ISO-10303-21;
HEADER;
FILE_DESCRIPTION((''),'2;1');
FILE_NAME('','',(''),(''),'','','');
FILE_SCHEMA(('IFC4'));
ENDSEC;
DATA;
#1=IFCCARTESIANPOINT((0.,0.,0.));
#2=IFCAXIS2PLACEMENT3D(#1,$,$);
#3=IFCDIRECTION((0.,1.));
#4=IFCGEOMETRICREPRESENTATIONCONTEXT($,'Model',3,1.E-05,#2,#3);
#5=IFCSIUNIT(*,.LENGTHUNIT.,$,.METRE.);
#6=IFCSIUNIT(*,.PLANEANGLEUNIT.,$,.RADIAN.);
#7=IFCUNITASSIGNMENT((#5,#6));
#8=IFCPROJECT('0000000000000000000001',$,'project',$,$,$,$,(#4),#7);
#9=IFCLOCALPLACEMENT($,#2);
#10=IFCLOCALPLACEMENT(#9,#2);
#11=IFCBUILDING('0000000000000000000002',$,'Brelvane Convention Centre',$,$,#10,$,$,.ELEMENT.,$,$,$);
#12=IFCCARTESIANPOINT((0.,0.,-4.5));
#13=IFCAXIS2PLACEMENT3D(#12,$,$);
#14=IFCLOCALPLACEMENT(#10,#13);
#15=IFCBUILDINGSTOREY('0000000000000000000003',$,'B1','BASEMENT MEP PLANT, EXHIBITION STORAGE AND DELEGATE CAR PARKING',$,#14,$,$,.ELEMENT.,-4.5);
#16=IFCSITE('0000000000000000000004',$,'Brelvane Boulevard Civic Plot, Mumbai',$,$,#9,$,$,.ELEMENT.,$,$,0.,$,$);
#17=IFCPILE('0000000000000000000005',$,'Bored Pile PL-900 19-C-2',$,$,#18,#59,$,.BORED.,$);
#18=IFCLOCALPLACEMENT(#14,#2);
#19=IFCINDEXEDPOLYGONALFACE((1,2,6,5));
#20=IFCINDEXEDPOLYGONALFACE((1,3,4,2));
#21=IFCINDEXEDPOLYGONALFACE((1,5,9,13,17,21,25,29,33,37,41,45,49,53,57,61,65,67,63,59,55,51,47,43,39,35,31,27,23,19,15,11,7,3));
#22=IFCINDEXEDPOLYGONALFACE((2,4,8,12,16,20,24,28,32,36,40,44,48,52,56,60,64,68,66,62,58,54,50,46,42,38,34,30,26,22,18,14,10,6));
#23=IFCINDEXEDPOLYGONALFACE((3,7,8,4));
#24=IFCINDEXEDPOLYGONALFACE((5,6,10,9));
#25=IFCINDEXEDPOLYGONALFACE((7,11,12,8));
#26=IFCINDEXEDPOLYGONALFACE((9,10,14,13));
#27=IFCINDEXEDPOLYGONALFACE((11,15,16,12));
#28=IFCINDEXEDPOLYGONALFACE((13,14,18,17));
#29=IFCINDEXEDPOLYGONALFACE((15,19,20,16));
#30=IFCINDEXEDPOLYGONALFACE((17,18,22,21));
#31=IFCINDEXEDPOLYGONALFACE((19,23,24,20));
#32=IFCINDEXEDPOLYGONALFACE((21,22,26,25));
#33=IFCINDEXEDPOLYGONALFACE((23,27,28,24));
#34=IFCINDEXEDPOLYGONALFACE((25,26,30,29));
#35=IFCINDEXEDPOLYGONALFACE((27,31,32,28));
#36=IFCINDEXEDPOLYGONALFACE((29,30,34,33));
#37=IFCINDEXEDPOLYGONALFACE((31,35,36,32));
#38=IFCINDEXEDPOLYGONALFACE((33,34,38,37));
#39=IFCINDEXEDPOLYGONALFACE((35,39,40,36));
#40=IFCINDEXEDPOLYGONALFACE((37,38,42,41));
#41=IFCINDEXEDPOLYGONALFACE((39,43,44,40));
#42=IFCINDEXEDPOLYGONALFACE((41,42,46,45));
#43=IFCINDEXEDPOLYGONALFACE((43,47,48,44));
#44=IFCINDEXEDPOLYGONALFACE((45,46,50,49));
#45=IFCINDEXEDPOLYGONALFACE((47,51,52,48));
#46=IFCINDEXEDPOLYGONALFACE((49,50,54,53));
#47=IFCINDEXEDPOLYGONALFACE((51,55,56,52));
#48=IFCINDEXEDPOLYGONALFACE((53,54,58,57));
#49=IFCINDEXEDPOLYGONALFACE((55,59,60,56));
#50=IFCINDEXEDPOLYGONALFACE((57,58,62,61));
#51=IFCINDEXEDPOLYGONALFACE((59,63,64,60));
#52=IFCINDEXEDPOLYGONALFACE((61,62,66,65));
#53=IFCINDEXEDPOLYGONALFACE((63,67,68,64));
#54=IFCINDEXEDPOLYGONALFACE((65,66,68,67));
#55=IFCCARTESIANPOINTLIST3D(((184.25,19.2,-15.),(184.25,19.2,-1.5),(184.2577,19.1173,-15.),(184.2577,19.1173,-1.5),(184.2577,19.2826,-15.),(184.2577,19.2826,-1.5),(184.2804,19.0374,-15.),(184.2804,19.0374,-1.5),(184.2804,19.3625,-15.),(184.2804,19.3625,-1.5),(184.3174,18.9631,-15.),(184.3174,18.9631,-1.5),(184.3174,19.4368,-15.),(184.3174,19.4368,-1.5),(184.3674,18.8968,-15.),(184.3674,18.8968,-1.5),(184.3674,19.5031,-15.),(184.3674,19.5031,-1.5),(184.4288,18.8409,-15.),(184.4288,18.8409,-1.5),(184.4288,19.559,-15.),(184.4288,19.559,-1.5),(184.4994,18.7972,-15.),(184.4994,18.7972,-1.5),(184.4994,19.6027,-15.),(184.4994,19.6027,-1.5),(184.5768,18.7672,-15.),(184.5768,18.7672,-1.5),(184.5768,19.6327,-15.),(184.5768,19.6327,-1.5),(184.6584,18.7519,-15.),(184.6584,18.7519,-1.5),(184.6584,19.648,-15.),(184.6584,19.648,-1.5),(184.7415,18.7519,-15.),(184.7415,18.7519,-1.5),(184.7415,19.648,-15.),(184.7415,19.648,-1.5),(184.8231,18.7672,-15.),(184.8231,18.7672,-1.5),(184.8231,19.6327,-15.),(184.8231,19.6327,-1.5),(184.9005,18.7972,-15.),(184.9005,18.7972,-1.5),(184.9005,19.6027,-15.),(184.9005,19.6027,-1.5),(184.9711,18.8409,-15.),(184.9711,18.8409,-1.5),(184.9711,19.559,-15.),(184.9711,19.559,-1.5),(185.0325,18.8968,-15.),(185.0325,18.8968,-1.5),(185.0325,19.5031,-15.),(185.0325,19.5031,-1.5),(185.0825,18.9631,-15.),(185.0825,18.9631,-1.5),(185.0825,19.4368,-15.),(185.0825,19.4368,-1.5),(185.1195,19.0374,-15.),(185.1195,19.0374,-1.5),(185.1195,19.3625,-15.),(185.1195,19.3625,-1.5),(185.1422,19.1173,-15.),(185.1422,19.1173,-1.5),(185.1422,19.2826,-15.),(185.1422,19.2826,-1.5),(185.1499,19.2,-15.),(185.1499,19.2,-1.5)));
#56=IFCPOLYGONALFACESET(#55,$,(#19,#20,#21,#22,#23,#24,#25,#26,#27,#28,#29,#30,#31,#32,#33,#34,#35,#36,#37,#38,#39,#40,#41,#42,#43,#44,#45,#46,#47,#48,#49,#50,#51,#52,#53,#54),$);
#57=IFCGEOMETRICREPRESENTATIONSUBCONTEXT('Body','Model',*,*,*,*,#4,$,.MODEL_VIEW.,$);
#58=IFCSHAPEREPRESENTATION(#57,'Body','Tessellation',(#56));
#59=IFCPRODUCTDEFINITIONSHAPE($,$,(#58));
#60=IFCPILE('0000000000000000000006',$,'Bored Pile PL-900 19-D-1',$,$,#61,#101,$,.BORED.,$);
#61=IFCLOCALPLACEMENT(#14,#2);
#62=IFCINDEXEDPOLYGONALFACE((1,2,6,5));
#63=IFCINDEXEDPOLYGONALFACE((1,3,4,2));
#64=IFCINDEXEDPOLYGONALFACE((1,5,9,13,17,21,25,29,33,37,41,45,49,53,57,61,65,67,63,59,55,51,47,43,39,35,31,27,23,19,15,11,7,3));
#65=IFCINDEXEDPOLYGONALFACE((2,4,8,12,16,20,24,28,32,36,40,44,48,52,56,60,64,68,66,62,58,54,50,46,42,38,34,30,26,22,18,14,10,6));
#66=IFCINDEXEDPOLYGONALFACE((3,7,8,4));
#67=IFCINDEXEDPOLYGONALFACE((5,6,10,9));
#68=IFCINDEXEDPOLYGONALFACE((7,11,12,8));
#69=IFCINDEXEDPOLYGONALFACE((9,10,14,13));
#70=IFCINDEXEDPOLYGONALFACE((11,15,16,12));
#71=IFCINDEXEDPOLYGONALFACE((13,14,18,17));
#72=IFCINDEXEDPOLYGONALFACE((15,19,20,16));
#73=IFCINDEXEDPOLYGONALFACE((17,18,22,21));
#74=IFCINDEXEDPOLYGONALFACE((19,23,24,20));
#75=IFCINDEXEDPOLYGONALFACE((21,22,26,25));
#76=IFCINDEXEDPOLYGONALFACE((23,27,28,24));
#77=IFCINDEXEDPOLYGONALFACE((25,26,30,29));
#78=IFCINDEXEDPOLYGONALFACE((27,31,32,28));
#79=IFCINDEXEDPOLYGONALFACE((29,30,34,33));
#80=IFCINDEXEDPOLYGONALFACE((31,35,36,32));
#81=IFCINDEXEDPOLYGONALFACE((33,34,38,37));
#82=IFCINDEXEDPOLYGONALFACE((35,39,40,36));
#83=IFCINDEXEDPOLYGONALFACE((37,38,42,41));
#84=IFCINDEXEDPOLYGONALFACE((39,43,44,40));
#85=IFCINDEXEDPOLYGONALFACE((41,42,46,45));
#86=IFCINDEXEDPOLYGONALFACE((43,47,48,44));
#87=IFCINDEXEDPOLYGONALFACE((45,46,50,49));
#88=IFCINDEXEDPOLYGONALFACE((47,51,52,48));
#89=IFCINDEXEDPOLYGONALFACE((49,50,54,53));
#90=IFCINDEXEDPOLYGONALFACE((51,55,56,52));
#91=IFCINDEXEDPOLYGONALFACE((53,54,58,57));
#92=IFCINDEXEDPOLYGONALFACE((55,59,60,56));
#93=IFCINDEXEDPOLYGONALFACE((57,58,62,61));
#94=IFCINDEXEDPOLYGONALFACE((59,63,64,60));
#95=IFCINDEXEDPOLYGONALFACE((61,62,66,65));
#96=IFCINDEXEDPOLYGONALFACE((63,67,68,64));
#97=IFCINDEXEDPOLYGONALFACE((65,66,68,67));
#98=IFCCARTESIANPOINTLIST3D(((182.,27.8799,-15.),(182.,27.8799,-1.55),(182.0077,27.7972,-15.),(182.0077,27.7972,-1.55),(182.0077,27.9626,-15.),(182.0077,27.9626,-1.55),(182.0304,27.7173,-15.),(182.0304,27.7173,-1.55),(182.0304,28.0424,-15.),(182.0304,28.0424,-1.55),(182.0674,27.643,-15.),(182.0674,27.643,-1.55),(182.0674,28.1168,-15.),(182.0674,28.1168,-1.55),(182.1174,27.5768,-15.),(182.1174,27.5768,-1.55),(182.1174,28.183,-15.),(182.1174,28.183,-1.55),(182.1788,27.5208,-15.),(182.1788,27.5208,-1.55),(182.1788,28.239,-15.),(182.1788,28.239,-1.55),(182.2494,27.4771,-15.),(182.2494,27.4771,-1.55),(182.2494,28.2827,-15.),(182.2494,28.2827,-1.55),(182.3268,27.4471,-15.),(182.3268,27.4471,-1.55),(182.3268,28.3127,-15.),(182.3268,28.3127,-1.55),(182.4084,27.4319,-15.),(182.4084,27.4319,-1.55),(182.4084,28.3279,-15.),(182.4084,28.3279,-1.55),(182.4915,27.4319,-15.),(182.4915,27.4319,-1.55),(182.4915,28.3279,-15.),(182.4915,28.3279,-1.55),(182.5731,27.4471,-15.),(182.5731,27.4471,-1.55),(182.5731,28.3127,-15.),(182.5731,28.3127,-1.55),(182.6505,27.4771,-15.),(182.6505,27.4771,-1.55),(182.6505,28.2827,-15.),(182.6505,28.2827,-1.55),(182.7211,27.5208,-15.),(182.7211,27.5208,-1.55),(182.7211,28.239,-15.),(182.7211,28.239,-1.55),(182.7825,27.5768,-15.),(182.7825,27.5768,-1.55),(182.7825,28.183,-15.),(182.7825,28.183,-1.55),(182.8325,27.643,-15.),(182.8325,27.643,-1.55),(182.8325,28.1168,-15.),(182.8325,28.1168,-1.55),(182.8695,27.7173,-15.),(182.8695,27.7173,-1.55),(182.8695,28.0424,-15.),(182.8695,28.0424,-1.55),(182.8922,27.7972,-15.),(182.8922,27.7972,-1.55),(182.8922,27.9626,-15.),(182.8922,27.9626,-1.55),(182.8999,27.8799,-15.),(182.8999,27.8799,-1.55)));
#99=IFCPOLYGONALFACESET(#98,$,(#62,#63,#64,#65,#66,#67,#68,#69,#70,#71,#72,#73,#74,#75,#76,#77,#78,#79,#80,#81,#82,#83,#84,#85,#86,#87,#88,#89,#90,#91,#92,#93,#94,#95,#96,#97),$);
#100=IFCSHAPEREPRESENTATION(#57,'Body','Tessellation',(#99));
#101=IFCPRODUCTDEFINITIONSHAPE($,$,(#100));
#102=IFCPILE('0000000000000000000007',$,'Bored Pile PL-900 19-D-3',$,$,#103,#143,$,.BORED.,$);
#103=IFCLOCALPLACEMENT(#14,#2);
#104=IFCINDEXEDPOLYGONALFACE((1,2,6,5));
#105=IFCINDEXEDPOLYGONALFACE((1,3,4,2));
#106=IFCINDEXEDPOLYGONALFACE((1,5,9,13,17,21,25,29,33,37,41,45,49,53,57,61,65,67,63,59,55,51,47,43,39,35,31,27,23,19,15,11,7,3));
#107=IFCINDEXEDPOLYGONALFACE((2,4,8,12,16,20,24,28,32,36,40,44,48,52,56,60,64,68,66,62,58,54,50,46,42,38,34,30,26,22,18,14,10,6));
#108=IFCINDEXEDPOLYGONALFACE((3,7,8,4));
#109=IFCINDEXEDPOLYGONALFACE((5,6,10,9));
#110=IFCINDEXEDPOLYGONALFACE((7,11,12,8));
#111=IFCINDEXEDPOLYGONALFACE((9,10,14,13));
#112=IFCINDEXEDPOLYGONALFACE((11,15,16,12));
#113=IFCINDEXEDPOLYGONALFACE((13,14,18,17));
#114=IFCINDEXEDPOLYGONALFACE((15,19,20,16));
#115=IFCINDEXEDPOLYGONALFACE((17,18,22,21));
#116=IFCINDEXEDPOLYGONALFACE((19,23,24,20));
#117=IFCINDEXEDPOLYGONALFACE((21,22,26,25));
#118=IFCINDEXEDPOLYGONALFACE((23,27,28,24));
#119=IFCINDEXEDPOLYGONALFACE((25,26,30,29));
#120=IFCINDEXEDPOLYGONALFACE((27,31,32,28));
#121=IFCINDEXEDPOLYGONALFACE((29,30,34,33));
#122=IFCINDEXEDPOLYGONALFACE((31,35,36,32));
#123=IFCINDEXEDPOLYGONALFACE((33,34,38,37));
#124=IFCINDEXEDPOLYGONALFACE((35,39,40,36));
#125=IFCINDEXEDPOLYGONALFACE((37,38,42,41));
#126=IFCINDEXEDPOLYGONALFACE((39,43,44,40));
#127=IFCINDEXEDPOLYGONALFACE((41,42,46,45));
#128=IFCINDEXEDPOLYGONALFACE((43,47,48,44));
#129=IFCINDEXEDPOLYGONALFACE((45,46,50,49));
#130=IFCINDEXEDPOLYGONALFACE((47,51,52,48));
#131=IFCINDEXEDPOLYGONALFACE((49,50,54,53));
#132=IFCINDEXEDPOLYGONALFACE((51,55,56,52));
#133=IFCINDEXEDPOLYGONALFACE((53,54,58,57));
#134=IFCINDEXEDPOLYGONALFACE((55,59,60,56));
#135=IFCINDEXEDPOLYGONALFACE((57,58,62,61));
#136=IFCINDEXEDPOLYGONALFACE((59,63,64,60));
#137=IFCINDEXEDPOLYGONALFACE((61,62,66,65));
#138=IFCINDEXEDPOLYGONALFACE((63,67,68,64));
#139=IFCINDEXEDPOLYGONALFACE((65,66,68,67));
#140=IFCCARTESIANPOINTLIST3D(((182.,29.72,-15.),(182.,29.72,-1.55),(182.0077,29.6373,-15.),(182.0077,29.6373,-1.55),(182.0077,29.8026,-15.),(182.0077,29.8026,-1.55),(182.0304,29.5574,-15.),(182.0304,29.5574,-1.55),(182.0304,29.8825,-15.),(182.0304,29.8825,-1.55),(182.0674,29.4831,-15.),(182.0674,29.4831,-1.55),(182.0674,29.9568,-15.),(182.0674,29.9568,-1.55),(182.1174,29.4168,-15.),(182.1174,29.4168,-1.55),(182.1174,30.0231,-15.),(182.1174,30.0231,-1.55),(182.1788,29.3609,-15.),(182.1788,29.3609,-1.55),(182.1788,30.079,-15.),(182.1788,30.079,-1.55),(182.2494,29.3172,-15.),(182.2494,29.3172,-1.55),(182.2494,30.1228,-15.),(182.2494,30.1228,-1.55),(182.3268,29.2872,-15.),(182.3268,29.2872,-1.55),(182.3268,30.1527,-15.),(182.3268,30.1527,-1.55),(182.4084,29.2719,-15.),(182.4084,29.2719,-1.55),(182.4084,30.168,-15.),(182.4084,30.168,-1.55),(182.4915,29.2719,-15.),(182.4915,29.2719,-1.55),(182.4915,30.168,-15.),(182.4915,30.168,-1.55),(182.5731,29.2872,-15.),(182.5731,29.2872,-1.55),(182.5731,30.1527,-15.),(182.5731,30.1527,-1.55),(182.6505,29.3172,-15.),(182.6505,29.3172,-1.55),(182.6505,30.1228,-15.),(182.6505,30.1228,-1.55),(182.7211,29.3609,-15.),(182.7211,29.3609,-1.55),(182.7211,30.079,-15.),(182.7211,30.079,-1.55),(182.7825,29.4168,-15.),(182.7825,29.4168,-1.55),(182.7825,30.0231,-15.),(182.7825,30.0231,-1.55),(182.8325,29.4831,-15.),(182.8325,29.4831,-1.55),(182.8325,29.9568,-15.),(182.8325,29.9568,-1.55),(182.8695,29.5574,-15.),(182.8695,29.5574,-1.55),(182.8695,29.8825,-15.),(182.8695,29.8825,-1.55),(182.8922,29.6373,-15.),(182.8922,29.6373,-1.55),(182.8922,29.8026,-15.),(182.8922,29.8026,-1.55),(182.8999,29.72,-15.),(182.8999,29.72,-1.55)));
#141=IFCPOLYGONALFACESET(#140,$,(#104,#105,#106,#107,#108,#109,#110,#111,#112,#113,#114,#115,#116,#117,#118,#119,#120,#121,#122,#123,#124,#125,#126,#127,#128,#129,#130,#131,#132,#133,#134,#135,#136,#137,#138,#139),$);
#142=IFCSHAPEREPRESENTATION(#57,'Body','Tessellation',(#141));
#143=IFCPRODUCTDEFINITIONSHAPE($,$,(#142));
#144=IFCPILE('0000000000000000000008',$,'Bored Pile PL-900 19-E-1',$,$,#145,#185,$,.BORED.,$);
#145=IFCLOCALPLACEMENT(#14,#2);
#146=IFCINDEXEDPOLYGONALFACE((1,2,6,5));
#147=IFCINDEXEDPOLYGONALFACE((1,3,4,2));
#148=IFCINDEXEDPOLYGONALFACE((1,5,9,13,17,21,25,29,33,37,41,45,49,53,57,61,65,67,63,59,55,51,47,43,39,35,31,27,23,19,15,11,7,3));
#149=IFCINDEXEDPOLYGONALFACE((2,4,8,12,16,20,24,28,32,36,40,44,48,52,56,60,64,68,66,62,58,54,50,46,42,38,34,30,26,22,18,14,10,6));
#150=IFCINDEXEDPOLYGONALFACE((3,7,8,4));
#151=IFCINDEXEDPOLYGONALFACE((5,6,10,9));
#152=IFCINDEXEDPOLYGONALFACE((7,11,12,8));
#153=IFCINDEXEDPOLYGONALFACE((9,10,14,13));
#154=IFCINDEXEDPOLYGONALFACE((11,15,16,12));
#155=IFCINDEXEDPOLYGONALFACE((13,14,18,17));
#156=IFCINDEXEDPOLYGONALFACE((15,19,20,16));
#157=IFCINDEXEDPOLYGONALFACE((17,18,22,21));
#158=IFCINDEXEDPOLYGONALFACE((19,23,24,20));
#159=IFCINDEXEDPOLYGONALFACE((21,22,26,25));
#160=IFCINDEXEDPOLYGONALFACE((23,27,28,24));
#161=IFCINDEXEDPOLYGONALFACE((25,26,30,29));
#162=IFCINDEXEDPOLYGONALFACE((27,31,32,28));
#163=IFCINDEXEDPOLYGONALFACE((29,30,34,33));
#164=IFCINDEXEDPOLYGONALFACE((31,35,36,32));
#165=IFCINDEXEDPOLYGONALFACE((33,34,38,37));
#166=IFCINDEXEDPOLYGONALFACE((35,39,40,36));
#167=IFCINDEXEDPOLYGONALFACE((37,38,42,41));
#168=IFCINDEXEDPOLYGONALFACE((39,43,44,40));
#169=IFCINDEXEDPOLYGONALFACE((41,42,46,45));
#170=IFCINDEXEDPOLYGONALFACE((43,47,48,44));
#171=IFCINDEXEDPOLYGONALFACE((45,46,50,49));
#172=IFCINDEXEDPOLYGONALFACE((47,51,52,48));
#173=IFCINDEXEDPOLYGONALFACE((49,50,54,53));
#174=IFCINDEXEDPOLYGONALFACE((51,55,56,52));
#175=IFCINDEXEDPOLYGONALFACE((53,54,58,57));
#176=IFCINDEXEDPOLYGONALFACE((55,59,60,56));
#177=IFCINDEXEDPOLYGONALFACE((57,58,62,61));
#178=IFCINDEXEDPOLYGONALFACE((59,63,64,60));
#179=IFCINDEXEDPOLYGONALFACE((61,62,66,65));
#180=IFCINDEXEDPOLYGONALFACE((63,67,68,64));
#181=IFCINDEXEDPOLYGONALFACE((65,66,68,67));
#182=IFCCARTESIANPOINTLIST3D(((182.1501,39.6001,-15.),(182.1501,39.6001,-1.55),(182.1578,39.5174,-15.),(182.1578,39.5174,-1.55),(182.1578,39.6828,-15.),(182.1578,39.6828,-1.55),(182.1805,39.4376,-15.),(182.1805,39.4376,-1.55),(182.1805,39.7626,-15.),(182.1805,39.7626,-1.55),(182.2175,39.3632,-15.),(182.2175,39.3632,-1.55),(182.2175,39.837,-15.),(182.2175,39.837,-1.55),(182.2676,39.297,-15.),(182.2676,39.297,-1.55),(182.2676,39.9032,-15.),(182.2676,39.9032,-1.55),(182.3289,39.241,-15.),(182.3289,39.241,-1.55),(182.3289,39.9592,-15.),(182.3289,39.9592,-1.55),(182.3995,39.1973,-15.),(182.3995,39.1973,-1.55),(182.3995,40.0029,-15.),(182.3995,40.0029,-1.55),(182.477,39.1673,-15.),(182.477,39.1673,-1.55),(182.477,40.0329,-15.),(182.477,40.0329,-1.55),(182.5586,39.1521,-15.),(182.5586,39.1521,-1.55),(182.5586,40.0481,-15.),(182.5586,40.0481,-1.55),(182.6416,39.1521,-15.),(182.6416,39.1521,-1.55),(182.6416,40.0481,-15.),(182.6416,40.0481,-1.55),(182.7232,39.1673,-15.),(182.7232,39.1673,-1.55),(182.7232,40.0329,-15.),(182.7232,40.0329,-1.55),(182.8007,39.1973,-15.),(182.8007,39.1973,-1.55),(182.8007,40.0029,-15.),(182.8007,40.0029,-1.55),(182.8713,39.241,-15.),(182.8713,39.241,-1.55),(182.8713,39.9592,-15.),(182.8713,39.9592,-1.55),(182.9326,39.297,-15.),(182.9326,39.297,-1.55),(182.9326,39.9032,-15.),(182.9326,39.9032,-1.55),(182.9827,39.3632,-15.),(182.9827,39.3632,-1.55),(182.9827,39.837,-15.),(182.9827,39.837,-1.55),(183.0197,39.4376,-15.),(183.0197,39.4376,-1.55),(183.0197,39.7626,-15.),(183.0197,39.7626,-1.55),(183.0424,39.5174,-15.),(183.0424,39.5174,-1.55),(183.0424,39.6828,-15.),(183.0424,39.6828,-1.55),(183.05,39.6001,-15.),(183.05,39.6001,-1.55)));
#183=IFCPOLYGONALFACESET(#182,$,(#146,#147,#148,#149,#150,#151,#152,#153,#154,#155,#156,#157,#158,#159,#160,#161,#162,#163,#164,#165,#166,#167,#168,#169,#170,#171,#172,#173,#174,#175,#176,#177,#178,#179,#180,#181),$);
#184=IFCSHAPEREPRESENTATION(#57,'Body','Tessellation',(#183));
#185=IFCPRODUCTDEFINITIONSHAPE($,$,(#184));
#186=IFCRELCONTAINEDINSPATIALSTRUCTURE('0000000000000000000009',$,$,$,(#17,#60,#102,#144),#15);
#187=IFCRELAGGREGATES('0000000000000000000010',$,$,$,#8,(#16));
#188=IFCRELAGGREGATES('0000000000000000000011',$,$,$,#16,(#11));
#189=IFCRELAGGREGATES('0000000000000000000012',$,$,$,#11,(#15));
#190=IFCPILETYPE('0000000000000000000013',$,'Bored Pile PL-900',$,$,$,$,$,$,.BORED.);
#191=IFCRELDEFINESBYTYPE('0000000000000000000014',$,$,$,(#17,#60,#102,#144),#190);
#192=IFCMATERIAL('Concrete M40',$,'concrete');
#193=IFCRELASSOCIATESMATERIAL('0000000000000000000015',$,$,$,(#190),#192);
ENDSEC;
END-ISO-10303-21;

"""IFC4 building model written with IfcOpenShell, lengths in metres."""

from ifc_helpers import new_model, si_unit, direction, frame, origin, origin_2d, place, context, subcontext, project, spatial, circle, extrude, material, material_profile, profile_set, type_object, element, save


model = new_model("IFC4")

# Units and contexts
model_context = context("Model", 3, precision=1e-05, world=origin(), true_north=direction((0.0, 1.0)))
body_context = subcontext(model_context, "Body", "Model", "MODEL_VIEW")
ifc_project = project(units=[si_unit("LENGTHUNIT", "METRE"), si_unit("PLANEANGLEUNIT", "RADIAN")], contexts=[model_context])

# Site, building, storey
site_placement = place(None, origin())
site = spatial("IfcSite", under=ifc_project, at=site_placement, Name="Brelvane Boulevard Civic Plot, Mumbai", CompositionType="ELEMENT", RefElevation=0.0)
building_placement = place(site_placement, origin())
building = spatial("IfcBuilding", under=site, at=building_placement, Name="Brelvane Convention Centre", CompositionType="ELEMENT")
storey_placement = place(building_placement, frame((0.0, 0.0, -4.5)))
storey = spatial("IfcBuildingStorey", under=building, at=storey_placement, Name="B1", Description="BASEMENT MEP PLANT, EXHIBITION STORAGE AND DELEGATE CAR PARKING", CompositionType="ELEMENT", Elevation=-4.5)

# Piles
ifc_material_1 = material(Name="Concrete M40", Category="concrete")
ifc_material_profile_1 = material_profile(ifc_material_1, circle(Radius=0.45, at=origin_2d()), Name="PILE D900")
ifc_profile_set_1 = profile_set([ifc_material_profile_1], Name="Concrete M40")
pile_type = type_object("IfcPileType", Name="Bored Pile PL-900", PredefinedType="BORED", material=ifc_profile_set_1)
for number, where, z_axis, x_axis, name in (
    (1, (184.7, 19.2, -1.5), (0.0, 0.0, -1.0), (1.0, 0.0, 0.0), "Bored Pile PL-900 19-C-2"),
):
    element("IfcPile", number, at=place(storey_placement, frame(where, z_axis=z_axis, x_axis=x_axis)), inside=storey, type_object=pile_type, Name=name, PredefinedType="BORED", context=body_context, shape_type="SweptSolid", body=[
        extrude(circle(Radius=0.45, at=origin_2d()), origin(), (0.0, 0.0, 1.0), 13.5),
    ])
for number, where, z_axis, x_axis, name in (
    (2, (182.45, 27.8799, -1.55), (0.0, 0.0, -1.0), (1.0, 0.0, 0.0), "Bored Pile PL-900 19-D-1"),
    (3, (182.45, 29.72, -1.55), (0.0, 0.0, -1.0), (1.0, 0.0, 0.0), "Bored Pile PL-900 19-D-3"),
    (4, (182.6001, 39.6001, -1.55), (0.0, 0.0, -1.0), (1.0, 0.0, 0.0), "Bored Pile PL-900 19-E-1"),
):
    element("IfcPile", number, at=place(storey_placement, frame(where, z_axis=z_axis, x_axis=x_axis)), inside=storey, type_object=pile_type, Name=name, PredefinedType="BORED", context=body_context, shape_type="SweptSolid", body=[
        extrude(circle(Radius=0.45, at=origin_2d()), origin(), (0.0, 0.0, 1.0), 13.45),
    ])

save(model, "model.ifc")
